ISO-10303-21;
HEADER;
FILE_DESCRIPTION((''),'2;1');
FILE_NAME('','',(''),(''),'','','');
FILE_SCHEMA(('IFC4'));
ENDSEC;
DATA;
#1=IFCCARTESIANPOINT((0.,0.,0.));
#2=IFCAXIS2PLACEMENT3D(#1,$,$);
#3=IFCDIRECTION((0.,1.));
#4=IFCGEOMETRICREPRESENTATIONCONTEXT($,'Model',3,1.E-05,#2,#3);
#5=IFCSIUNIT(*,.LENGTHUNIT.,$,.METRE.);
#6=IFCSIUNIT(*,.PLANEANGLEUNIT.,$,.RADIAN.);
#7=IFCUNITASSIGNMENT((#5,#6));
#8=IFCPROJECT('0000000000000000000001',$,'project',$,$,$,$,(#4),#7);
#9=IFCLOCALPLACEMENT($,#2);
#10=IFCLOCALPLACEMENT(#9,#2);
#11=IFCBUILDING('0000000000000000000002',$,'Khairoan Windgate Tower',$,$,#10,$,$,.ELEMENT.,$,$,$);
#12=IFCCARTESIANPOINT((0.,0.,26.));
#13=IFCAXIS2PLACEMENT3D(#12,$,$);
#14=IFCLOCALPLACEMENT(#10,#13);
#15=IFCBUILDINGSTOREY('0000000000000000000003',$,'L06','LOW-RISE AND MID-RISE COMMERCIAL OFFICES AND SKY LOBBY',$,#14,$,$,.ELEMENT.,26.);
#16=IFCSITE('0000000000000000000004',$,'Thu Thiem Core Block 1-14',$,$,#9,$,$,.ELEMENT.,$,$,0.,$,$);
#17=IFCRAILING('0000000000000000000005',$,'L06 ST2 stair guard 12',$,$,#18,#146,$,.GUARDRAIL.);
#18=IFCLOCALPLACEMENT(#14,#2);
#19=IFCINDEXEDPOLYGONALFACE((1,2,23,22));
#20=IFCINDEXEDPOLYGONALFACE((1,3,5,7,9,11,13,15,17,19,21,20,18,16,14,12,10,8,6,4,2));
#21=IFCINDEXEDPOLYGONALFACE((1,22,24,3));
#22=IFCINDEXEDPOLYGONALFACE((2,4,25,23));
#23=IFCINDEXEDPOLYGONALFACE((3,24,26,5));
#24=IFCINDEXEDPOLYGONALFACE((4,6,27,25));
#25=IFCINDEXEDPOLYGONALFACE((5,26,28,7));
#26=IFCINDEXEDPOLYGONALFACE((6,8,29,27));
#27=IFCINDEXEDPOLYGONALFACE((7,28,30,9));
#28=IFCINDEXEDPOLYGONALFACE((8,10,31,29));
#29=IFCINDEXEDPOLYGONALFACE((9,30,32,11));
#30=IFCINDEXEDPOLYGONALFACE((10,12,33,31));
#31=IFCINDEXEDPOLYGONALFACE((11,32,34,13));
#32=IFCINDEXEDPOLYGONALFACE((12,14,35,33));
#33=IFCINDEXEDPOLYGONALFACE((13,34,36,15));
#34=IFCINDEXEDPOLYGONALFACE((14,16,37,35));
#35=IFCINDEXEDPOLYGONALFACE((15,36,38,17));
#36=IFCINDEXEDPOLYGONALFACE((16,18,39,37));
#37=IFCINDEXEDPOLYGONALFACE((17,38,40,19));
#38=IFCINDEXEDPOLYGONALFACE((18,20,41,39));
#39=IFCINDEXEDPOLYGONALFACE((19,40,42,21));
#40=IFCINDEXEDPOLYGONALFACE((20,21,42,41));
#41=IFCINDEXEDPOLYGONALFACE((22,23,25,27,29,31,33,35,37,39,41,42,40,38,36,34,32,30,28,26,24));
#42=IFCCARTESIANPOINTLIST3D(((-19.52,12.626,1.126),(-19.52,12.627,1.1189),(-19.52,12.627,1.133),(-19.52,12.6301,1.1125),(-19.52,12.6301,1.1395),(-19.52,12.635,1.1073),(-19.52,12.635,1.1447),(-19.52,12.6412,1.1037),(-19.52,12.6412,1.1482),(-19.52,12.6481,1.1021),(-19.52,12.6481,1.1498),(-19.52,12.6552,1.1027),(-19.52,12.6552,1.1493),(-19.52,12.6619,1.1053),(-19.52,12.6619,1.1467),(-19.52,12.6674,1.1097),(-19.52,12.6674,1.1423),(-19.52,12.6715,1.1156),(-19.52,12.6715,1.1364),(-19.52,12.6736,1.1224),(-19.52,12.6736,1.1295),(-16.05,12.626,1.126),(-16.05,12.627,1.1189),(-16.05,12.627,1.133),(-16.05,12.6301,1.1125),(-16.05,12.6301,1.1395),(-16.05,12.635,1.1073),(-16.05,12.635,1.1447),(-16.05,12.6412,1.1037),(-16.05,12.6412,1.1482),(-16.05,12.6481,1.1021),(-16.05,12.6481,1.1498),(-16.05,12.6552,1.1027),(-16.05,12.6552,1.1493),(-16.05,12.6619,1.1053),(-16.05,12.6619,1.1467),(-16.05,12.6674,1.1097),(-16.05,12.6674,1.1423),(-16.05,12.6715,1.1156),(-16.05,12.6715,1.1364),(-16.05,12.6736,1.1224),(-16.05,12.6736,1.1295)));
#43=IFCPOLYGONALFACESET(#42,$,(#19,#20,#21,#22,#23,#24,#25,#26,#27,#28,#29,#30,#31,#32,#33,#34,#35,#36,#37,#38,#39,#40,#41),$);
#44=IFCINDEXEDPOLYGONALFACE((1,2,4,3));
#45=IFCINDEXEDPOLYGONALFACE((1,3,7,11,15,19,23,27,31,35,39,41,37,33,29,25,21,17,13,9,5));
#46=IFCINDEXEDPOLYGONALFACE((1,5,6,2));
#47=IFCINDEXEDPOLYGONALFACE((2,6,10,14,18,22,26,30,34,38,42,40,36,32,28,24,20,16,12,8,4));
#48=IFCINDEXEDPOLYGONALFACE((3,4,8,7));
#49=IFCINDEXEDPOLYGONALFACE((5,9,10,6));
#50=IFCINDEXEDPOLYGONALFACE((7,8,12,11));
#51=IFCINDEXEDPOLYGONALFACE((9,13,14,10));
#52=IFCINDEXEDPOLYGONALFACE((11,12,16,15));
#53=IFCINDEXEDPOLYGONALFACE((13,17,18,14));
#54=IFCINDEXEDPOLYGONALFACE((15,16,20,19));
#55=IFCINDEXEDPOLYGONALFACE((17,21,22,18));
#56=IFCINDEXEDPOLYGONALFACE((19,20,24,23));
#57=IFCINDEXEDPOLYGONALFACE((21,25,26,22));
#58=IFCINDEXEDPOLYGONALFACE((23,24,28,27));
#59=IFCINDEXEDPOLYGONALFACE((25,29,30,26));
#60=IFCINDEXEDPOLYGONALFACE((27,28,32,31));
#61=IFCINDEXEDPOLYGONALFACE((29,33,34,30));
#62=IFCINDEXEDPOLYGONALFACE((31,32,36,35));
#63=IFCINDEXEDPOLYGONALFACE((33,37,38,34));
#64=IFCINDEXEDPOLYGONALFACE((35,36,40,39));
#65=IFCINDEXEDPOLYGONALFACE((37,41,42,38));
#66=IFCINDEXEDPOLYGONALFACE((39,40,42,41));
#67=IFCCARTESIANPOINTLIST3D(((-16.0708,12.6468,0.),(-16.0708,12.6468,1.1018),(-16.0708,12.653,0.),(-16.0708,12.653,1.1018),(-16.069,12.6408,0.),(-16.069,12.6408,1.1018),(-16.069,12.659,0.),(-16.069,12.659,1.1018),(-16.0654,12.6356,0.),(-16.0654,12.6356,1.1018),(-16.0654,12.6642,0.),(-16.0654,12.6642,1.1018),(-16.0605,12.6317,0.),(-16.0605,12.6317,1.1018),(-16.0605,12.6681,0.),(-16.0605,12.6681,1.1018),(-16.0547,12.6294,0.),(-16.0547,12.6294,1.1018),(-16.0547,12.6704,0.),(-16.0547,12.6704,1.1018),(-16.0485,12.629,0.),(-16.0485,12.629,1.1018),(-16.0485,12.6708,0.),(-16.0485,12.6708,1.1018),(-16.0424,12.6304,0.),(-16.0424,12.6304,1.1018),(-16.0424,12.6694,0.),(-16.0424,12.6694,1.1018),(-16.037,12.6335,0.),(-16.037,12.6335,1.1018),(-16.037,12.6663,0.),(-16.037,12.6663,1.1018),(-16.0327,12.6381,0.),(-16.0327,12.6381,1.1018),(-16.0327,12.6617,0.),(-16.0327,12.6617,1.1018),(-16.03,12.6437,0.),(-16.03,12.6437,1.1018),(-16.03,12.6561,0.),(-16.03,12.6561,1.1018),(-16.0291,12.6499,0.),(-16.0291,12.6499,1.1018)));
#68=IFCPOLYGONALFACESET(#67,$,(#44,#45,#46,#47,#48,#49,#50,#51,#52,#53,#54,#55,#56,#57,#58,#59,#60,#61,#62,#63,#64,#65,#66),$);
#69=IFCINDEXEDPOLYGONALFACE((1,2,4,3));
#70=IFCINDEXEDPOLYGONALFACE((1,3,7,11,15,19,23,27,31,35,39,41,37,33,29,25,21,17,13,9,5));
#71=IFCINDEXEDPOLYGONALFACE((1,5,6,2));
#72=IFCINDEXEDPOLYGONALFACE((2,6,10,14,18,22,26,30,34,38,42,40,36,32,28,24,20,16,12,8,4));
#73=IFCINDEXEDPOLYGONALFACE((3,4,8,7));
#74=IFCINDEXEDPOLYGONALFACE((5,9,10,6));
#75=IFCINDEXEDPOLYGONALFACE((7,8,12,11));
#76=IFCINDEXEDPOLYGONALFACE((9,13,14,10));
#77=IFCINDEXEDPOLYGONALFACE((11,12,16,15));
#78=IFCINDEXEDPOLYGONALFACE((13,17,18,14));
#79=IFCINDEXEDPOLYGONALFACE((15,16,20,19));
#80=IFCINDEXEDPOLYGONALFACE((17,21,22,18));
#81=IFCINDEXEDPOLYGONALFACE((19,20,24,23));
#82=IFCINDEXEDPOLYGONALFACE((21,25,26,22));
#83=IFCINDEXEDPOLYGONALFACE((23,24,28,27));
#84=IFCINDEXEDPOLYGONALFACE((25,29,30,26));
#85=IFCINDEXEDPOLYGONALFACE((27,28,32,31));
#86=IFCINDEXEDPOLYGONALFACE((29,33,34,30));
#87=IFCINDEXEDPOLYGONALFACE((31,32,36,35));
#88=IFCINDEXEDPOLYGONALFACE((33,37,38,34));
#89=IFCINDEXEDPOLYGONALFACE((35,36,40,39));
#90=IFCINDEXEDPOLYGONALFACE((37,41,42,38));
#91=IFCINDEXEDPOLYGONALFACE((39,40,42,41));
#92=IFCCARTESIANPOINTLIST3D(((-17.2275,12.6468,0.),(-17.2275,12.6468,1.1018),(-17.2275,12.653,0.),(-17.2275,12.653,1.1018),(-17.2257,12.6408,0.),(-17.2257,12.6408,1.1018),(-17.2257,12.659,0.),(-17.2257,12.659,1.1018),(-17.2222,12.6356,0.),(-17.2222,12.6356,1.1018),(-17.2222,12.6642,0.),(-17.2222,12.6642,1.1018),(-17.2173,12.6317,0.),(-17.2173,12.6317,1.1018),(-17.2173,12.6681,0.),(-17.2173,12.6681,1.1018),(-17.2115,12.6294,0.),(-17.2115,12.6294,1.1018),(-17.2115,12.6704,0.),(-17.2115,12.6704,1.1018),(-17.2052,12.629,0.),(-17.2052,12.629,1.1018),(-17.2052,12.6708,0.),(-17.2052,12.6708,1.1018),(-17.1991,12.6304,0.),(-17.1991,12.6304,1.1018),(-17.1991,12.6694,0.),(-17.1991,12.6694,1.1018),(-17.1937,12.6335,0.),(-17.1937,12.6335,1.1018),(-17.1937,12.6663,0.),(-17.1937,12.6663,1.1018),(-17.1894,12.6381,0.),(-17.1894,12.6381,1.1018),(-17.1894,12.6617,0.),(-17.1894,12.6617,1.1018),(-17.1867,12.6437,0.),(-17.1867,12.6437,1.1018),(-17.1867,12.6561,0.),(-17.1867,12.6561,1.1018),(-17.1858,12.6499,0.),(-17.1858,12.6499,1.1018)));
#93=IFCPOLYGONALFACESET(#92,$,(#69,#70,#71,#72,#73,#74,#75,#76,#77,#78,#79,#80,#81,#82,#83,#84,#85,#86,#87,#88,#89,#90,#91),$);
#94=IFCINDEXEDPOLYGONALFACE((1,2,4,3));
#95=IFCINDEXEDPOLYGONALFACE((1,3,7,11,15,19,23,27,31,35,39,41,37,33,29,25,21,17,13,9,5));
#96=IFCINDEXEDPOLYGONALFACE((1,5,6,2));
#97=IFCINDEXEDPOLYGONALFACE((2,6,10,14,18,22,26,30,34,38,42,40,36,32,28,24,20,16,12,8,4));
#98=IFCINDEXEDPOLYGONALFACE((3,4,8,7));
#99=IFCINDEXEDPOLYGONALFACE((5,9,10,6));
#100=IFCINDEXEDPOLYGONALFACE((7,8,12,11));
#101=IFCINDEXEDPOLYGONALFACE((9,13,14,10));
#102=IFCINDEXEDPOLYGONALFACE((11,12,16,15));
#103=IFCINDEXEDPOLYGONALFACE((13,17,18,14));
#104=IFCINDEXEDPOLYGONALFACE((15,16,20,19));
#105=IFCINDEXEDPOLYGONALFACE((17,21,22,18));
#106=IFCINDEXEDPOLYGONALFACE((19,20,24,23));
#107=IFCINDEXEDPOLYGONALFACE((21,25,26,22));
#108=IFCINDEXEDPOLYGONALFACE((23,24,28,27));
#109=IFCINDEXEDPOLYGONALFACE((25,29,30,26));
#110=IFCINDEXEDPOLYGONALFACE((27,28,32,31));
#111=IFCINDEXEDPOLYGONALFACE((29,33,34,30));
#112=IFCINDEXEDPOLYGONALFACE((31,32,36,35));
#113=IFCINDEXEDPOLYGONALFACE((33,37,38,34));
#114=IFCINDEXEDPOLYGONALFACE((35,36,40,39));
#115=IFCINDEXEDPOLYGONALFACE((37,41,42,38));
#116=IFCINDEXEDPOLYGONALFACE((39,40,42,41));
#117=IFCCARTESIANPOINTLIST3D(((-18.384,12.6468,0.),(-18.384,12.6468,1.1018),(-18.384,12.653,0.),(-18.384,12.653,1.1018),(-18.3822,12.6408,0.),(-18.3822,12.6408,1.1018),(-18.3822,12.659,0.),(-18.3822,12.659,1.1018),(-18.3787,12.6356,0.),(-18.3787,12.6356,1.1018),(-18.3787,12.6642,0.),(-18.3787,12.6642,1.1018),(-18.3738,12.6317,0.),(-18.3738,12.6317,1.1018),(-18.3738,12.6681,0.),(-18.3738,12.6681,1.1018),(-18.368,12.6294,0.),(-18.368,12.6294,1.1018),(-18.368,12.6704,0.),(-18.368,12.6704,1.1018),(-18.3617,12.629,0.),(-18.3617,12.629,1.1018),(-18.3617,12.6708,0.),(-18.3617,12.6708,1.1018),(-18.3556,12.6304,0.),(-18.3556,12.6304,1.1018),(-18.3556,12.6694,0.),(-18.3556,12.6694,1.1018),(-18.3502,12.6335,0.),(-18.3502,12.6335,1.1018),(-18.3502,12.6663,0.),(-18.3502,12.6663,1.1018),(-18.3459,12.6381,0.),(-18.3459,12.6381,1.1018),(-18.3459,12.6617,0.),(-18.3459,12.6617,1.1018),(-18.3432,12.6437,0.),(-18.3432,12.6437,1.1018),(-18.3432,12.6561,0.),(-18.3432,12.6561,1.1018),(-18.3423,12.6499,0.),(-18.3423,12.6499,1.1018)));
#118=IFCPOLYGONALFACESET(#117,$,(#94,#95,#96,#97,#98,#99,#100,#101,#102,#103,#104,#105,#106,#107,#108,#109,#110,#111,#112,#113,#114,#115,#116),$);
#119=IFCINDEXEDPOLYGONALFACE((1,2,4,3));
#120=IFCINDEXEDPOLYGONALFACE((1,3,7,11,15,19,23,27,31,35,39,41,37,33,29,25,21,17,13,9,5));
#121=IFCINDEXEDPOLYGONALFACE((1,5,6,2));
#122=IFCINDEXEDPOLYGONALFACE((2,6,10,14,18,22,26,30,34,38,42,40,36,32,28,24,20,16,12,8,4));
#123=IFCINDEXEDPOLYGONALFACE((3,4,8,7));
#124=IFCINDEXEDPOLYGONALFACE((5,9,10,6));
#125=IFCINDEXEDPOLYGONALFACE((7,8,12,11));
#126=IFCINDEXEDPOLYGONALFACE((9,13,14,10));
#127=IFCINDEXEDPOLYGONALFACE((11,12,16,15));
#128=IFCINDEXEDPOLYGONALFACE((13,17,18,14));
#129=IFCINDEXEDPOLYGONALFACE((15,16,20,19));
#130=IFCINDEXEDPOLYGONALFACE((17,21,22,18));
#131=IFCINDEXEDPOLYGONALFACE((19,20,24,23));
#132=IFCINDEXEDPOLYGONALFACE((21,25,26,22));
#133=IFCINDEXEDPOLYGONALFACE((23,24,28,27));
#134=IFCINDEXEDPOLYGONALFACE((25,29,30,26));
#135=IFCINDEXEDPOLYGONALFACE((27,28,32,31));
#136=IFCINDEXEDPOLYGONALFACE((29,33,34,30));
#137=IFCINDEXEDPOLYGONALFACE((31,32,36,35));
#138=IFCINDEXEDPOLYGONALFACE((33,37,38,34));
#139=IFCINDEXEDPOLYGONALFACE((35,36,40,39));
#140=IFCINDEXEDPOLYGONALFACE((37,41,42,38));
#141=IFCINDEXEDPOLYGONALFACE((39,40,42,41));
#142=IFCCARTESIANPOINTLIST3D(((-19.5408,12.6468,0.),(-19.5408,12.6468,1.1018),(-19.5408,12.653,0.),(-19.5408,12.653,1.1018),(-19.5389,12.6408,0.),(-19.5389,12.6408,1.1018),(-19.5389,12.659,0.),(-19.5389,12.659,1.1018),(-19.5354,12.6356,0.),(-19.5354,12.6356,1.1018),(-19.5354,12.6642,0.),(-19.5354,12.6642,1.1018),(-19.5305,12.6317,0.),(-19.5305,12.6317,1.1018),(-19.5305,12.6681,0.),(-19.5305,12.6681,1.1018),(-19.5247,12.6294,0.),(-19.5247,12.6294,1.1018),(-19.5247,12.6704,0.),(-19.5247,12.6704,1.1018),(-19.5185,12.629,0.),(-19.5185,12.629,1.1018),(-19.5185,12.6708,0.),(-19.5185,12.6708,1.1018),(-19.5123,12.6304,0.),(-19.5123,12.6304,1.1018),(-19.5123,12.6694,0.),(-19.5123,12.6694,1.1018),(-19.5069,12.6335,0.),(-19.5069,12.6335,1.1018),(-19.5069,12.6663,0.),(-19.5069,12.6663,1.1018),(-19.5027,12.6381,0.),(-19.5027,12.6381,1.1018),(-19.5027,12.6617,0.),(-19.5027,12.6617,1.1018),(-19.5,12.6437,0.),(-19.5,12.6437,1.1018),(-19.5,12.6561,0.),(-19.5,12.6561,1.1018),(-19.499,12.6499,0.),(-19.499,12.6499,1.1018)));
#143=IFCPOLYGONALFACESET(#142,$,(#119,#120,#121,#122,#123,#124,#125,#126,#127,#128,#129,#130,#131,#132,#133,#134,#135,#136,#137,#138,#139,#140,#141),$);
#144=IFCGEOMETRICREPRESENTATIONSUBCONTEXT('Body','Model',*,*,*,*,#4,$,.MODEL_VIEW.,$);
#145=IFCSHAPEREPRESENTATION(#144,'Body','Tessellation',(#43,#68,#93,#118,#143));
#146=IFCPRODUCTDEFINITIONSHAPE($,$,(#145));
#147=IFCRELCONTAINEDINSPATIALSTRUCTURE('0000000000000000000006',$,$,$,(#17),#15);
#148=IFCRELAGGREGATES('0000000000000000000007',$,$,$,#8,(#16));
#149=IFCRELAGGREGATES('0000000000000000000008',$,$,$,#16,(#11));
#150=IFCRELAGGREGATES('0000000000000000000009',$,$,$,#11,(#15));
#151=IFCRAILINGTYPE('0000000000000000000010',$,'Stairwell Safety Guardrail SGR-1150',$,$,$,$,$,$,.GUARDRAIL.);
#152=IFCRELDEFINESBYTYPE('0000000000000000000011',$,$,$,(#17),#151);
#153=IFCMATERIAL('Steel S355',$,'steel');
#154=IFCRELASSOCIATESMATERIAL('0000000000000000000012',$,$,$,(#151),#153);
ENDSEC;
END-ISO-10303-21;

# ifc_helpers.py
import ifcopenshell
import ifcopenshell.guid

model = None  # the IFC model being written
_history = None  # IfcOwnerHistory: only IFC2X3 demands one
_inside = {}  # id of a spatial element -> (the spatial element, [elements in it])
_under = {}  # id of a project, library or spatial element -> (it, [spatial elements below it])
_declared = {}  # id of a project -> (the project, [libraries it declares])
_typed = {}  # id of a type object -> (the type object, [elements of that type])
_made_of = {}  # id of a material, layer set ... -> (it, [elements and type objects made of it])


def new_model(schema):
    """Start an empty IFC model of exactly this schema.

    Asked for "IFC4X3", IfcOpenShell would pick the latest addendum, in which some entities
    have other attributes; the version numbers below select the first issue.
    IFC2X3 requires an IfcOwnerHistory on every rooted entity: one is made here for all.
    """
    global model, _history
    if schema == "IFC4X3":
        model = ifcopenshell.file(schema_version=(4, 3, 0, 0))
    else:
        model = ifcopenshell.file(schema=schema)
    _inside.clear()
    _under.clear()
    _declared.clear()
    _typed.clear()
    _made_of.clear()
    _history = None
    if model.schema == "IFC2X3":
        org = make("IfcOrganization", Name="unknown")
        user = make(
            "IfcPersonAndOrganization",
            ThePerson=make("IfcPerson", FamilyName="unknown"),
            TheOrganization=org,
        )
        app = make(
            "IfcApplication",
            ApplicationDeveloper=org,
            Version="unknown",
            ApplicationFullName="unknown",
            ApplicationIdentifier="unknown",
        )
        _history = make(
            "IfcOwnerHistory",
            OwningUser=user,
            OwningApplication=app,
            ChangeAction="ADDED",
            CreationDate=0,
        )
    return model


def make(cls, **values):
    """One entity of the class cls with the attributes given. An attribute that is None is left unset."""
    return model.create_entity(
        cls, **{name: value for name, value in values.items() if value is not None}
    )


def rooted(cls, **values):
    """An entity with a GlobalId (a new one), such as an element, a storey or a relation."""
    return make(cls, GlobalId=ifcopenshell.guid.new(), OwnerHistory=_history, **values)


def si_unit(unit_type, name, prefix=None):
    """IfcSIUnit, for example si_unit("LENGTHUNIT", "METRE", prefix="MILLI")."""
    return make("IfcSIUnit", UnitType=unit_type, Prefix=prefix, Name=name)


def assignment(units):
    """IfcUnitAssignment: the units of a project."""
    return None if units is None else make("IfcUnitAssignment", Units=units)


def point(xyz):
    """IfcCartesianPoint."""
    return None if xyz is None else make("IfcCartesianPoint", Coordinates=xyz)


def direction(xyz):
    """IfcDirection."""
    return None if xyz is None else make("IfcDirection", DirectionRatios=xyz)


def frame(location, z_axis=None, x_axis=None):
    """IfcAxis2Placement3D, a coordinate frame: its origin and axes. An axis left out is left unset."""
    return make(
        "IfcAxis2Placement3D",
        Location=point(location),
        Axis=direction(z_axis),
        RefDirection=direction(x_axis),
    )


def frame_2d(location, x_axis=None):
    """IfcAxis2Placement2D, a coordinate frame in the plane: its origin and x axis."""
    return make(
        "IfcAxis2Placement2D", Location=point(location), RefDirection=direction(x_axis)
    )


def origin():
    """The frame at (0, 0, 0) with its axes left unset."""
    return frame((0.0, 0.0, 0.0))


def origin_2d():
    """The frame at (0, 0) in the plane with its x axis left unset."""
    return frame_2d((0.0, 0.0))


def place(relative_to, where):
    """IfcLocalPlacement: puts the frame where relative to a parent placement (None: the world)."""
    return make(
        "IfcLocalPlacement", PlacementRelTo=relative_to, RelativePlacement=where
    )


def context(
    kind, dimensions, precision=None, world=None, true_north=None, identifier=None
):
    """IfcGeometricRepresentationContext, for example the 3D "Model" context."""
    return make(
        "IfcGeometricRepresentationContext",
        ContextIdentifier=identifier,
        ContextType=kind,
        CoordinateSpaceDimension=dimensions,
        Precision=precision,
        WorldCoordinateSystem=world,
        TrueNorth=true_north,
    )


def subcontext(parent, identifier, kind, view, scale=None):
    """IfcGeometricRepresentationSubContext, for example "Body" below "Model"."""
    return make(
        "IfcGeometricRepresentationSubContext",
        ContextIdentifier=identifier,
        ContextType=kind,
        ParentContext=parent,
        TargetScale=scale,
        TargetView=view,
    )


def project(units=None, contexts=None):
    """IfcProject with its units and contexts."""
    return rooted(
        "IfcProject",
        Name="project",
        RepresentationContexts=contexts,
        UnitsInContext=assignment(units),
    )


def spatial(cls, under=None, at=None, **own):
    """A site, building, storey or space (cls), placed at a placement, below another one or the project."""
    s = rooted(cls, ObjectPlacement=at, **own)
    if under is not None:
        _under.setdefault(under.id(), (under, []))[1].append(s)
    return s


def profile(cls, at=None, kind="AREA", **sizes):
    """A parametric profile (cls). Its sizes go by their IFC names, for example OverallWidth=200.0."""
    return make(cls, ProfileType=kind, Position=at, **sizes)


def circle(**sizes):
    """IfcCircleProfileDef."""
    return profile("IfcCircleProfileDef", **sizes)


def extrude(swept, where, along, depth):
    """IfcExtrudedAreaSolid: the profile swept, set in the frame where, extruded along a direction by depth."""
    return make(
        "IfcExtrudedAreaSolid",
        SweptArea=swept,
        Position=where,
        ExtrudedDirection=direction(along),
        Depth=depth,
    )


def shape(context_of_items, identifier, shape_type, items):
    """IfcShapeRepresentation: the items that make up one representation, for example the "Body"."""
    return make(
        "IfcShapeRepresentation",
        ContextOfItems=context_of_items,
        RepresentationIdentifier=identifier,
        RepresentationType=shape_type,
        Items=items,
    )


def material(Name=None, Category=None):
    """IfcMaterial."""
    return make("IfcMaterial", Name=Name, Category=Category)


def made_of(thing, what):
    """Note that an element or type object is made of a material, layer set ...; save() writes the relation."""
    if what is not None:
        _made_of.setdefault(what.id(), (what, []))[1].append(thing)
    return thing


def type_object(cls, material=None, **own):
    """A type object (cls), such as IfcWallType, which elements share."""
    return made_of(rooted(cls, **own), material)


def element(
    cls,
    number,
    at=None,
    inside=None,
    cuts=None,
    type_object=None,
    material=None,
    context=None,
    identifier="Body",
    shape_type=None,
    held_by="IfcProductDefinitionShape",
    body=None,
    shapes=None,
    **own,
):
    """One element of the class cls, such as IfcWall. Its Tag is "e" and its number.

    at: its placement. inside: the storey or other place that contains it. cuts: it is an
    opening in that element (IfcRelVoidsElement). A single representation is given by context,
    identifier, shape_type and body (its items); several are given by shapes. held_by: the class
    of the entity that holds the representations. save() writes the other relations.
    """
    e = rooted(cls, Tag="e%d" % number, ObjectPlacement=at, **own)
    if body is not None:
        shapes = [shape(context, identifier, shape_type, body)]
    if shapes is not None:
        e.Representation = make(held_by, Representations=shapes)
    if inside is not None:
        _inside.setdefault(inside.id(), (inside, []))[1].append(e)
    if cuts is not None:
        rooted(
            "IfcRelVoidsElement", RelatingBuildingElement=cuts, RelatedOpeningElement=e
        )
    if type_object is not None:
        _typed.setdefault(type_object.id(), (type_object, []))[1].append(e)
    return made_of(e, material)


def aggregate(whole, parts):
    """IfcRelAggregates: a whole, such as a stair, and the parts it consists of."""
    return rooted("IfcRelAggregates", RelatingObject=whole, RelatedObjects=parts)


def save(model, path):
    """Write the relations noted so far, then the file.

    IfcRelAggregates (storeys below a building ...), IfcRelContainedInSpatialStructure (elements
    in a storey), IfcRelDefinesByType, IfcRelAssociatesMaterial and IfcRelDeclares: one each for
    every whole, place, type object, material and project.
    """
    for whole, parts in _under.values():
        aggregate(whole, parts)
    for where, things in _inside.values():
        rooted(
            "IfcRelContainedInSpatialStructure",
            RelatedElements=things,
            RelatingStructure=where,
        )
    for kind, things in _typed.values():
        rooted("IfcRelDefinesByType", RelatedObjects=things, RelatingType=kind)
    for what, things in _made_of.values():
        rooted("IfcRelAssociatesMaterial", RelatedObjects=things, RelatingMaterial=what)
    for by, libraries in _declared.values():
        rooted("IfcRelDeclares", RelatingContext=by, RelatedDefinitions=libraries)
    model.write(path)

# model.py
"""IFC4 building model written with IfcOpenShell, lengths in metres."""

from ifc_helpers import new_model, si_unit, direction, frame, origin, origin_2d, place, context, subcontext, project, spatial, circle, extrude, material, type_object, element, save


model = new_model("IFC4")

# Units and contexts
model_context = context("Model", 3, precision=1e-05, world=origin(), true_north=direction((0.0, 1.0)))
body_context = subcontext(model_context, "Body", "Model", "MODEL_VIEW")
ifc_project = project(units=[si_unit("LENGTHUNIT", "METRE"), si_unit("PLANEANGLEUNIT", "RADIAN")], contexts=[model_context])

# Site, building, storey
site_placement = place(None, origin())
site = spatial("IfcSite", under=ifc_project, at=site_placement, Name="Thu Thiem Core Block 1-14", CompositionType="ELEMENT", RefElevation=0.0)
building_placement = place(site_placement, origin())
building = spatial("IfcBuilding", under=site, at=building_placement, Name="Khairoan Windgate Tower", CompositionType="ELEMENT")
storey_placement = place(building_placement, frame((0.0, 0.0, 26.0)))
storey = spatial("IfcBuildingStorey", under=building, at=storey_placement, Name="L06", Description="LOW-RISE AND MID-RISE COMMERCIAL OFFICES AND SKY LOBBY", CompositionType="ELEMENT", Elevation=26.0)

# Railing
ifc_material_1 = material(Name="Steel S355", Category="steel")
railing_type = type_object("IfcRailingType", Name="Stairwell Safety Guardrail SGR-1150", PredefinedType="GUARDRAIL", material=ifc_material_1)
railing_1_placement = place(storey_placement, frame((-16.05, 12.6499, 0.0)))
element("IfcRailing", 1, at=railing_1_placement, inside=storey, type_object=railing_type, Name="L06 ST2 stair guard 12", PredefinedType="GUARDRAIL", context=body_context, shape_type="SweptSolid", body=[
    extrude(circle(Radius=0.0239, at=origin_2d()), frame((0.0, 0.0, 1.126), z_axis=(-1.0, 0.0, 0.0), x_axis=(0.0, -1.0, 0.0)), (0.0, 0.0, 1.0), 3.47),
    extrude(circle(Radius=0.021, at=origin_2d()), origin(), (0.0, 0.0, 1.0), 1.1018),
    extrude(circle(Radius=0.021, at=origin_2d()), frame((-1.1567, 0.0, 0.0)), (0.0, 0.0, 1.0), 1.1018),
    extrude(circle(Radius=0.021, at=origin_2d()), frame((-2.3132, 0.0, 0.0)), (0.0, 0.0, 1.0), 1.1018),
    extrude(circle(Radius=0.021, at=origin_2d()), frame((-3.47, 0.0, 0.0)), (0.0, 0.0, 1.0), 1.1018),
])

save(model, "model.ifc")
